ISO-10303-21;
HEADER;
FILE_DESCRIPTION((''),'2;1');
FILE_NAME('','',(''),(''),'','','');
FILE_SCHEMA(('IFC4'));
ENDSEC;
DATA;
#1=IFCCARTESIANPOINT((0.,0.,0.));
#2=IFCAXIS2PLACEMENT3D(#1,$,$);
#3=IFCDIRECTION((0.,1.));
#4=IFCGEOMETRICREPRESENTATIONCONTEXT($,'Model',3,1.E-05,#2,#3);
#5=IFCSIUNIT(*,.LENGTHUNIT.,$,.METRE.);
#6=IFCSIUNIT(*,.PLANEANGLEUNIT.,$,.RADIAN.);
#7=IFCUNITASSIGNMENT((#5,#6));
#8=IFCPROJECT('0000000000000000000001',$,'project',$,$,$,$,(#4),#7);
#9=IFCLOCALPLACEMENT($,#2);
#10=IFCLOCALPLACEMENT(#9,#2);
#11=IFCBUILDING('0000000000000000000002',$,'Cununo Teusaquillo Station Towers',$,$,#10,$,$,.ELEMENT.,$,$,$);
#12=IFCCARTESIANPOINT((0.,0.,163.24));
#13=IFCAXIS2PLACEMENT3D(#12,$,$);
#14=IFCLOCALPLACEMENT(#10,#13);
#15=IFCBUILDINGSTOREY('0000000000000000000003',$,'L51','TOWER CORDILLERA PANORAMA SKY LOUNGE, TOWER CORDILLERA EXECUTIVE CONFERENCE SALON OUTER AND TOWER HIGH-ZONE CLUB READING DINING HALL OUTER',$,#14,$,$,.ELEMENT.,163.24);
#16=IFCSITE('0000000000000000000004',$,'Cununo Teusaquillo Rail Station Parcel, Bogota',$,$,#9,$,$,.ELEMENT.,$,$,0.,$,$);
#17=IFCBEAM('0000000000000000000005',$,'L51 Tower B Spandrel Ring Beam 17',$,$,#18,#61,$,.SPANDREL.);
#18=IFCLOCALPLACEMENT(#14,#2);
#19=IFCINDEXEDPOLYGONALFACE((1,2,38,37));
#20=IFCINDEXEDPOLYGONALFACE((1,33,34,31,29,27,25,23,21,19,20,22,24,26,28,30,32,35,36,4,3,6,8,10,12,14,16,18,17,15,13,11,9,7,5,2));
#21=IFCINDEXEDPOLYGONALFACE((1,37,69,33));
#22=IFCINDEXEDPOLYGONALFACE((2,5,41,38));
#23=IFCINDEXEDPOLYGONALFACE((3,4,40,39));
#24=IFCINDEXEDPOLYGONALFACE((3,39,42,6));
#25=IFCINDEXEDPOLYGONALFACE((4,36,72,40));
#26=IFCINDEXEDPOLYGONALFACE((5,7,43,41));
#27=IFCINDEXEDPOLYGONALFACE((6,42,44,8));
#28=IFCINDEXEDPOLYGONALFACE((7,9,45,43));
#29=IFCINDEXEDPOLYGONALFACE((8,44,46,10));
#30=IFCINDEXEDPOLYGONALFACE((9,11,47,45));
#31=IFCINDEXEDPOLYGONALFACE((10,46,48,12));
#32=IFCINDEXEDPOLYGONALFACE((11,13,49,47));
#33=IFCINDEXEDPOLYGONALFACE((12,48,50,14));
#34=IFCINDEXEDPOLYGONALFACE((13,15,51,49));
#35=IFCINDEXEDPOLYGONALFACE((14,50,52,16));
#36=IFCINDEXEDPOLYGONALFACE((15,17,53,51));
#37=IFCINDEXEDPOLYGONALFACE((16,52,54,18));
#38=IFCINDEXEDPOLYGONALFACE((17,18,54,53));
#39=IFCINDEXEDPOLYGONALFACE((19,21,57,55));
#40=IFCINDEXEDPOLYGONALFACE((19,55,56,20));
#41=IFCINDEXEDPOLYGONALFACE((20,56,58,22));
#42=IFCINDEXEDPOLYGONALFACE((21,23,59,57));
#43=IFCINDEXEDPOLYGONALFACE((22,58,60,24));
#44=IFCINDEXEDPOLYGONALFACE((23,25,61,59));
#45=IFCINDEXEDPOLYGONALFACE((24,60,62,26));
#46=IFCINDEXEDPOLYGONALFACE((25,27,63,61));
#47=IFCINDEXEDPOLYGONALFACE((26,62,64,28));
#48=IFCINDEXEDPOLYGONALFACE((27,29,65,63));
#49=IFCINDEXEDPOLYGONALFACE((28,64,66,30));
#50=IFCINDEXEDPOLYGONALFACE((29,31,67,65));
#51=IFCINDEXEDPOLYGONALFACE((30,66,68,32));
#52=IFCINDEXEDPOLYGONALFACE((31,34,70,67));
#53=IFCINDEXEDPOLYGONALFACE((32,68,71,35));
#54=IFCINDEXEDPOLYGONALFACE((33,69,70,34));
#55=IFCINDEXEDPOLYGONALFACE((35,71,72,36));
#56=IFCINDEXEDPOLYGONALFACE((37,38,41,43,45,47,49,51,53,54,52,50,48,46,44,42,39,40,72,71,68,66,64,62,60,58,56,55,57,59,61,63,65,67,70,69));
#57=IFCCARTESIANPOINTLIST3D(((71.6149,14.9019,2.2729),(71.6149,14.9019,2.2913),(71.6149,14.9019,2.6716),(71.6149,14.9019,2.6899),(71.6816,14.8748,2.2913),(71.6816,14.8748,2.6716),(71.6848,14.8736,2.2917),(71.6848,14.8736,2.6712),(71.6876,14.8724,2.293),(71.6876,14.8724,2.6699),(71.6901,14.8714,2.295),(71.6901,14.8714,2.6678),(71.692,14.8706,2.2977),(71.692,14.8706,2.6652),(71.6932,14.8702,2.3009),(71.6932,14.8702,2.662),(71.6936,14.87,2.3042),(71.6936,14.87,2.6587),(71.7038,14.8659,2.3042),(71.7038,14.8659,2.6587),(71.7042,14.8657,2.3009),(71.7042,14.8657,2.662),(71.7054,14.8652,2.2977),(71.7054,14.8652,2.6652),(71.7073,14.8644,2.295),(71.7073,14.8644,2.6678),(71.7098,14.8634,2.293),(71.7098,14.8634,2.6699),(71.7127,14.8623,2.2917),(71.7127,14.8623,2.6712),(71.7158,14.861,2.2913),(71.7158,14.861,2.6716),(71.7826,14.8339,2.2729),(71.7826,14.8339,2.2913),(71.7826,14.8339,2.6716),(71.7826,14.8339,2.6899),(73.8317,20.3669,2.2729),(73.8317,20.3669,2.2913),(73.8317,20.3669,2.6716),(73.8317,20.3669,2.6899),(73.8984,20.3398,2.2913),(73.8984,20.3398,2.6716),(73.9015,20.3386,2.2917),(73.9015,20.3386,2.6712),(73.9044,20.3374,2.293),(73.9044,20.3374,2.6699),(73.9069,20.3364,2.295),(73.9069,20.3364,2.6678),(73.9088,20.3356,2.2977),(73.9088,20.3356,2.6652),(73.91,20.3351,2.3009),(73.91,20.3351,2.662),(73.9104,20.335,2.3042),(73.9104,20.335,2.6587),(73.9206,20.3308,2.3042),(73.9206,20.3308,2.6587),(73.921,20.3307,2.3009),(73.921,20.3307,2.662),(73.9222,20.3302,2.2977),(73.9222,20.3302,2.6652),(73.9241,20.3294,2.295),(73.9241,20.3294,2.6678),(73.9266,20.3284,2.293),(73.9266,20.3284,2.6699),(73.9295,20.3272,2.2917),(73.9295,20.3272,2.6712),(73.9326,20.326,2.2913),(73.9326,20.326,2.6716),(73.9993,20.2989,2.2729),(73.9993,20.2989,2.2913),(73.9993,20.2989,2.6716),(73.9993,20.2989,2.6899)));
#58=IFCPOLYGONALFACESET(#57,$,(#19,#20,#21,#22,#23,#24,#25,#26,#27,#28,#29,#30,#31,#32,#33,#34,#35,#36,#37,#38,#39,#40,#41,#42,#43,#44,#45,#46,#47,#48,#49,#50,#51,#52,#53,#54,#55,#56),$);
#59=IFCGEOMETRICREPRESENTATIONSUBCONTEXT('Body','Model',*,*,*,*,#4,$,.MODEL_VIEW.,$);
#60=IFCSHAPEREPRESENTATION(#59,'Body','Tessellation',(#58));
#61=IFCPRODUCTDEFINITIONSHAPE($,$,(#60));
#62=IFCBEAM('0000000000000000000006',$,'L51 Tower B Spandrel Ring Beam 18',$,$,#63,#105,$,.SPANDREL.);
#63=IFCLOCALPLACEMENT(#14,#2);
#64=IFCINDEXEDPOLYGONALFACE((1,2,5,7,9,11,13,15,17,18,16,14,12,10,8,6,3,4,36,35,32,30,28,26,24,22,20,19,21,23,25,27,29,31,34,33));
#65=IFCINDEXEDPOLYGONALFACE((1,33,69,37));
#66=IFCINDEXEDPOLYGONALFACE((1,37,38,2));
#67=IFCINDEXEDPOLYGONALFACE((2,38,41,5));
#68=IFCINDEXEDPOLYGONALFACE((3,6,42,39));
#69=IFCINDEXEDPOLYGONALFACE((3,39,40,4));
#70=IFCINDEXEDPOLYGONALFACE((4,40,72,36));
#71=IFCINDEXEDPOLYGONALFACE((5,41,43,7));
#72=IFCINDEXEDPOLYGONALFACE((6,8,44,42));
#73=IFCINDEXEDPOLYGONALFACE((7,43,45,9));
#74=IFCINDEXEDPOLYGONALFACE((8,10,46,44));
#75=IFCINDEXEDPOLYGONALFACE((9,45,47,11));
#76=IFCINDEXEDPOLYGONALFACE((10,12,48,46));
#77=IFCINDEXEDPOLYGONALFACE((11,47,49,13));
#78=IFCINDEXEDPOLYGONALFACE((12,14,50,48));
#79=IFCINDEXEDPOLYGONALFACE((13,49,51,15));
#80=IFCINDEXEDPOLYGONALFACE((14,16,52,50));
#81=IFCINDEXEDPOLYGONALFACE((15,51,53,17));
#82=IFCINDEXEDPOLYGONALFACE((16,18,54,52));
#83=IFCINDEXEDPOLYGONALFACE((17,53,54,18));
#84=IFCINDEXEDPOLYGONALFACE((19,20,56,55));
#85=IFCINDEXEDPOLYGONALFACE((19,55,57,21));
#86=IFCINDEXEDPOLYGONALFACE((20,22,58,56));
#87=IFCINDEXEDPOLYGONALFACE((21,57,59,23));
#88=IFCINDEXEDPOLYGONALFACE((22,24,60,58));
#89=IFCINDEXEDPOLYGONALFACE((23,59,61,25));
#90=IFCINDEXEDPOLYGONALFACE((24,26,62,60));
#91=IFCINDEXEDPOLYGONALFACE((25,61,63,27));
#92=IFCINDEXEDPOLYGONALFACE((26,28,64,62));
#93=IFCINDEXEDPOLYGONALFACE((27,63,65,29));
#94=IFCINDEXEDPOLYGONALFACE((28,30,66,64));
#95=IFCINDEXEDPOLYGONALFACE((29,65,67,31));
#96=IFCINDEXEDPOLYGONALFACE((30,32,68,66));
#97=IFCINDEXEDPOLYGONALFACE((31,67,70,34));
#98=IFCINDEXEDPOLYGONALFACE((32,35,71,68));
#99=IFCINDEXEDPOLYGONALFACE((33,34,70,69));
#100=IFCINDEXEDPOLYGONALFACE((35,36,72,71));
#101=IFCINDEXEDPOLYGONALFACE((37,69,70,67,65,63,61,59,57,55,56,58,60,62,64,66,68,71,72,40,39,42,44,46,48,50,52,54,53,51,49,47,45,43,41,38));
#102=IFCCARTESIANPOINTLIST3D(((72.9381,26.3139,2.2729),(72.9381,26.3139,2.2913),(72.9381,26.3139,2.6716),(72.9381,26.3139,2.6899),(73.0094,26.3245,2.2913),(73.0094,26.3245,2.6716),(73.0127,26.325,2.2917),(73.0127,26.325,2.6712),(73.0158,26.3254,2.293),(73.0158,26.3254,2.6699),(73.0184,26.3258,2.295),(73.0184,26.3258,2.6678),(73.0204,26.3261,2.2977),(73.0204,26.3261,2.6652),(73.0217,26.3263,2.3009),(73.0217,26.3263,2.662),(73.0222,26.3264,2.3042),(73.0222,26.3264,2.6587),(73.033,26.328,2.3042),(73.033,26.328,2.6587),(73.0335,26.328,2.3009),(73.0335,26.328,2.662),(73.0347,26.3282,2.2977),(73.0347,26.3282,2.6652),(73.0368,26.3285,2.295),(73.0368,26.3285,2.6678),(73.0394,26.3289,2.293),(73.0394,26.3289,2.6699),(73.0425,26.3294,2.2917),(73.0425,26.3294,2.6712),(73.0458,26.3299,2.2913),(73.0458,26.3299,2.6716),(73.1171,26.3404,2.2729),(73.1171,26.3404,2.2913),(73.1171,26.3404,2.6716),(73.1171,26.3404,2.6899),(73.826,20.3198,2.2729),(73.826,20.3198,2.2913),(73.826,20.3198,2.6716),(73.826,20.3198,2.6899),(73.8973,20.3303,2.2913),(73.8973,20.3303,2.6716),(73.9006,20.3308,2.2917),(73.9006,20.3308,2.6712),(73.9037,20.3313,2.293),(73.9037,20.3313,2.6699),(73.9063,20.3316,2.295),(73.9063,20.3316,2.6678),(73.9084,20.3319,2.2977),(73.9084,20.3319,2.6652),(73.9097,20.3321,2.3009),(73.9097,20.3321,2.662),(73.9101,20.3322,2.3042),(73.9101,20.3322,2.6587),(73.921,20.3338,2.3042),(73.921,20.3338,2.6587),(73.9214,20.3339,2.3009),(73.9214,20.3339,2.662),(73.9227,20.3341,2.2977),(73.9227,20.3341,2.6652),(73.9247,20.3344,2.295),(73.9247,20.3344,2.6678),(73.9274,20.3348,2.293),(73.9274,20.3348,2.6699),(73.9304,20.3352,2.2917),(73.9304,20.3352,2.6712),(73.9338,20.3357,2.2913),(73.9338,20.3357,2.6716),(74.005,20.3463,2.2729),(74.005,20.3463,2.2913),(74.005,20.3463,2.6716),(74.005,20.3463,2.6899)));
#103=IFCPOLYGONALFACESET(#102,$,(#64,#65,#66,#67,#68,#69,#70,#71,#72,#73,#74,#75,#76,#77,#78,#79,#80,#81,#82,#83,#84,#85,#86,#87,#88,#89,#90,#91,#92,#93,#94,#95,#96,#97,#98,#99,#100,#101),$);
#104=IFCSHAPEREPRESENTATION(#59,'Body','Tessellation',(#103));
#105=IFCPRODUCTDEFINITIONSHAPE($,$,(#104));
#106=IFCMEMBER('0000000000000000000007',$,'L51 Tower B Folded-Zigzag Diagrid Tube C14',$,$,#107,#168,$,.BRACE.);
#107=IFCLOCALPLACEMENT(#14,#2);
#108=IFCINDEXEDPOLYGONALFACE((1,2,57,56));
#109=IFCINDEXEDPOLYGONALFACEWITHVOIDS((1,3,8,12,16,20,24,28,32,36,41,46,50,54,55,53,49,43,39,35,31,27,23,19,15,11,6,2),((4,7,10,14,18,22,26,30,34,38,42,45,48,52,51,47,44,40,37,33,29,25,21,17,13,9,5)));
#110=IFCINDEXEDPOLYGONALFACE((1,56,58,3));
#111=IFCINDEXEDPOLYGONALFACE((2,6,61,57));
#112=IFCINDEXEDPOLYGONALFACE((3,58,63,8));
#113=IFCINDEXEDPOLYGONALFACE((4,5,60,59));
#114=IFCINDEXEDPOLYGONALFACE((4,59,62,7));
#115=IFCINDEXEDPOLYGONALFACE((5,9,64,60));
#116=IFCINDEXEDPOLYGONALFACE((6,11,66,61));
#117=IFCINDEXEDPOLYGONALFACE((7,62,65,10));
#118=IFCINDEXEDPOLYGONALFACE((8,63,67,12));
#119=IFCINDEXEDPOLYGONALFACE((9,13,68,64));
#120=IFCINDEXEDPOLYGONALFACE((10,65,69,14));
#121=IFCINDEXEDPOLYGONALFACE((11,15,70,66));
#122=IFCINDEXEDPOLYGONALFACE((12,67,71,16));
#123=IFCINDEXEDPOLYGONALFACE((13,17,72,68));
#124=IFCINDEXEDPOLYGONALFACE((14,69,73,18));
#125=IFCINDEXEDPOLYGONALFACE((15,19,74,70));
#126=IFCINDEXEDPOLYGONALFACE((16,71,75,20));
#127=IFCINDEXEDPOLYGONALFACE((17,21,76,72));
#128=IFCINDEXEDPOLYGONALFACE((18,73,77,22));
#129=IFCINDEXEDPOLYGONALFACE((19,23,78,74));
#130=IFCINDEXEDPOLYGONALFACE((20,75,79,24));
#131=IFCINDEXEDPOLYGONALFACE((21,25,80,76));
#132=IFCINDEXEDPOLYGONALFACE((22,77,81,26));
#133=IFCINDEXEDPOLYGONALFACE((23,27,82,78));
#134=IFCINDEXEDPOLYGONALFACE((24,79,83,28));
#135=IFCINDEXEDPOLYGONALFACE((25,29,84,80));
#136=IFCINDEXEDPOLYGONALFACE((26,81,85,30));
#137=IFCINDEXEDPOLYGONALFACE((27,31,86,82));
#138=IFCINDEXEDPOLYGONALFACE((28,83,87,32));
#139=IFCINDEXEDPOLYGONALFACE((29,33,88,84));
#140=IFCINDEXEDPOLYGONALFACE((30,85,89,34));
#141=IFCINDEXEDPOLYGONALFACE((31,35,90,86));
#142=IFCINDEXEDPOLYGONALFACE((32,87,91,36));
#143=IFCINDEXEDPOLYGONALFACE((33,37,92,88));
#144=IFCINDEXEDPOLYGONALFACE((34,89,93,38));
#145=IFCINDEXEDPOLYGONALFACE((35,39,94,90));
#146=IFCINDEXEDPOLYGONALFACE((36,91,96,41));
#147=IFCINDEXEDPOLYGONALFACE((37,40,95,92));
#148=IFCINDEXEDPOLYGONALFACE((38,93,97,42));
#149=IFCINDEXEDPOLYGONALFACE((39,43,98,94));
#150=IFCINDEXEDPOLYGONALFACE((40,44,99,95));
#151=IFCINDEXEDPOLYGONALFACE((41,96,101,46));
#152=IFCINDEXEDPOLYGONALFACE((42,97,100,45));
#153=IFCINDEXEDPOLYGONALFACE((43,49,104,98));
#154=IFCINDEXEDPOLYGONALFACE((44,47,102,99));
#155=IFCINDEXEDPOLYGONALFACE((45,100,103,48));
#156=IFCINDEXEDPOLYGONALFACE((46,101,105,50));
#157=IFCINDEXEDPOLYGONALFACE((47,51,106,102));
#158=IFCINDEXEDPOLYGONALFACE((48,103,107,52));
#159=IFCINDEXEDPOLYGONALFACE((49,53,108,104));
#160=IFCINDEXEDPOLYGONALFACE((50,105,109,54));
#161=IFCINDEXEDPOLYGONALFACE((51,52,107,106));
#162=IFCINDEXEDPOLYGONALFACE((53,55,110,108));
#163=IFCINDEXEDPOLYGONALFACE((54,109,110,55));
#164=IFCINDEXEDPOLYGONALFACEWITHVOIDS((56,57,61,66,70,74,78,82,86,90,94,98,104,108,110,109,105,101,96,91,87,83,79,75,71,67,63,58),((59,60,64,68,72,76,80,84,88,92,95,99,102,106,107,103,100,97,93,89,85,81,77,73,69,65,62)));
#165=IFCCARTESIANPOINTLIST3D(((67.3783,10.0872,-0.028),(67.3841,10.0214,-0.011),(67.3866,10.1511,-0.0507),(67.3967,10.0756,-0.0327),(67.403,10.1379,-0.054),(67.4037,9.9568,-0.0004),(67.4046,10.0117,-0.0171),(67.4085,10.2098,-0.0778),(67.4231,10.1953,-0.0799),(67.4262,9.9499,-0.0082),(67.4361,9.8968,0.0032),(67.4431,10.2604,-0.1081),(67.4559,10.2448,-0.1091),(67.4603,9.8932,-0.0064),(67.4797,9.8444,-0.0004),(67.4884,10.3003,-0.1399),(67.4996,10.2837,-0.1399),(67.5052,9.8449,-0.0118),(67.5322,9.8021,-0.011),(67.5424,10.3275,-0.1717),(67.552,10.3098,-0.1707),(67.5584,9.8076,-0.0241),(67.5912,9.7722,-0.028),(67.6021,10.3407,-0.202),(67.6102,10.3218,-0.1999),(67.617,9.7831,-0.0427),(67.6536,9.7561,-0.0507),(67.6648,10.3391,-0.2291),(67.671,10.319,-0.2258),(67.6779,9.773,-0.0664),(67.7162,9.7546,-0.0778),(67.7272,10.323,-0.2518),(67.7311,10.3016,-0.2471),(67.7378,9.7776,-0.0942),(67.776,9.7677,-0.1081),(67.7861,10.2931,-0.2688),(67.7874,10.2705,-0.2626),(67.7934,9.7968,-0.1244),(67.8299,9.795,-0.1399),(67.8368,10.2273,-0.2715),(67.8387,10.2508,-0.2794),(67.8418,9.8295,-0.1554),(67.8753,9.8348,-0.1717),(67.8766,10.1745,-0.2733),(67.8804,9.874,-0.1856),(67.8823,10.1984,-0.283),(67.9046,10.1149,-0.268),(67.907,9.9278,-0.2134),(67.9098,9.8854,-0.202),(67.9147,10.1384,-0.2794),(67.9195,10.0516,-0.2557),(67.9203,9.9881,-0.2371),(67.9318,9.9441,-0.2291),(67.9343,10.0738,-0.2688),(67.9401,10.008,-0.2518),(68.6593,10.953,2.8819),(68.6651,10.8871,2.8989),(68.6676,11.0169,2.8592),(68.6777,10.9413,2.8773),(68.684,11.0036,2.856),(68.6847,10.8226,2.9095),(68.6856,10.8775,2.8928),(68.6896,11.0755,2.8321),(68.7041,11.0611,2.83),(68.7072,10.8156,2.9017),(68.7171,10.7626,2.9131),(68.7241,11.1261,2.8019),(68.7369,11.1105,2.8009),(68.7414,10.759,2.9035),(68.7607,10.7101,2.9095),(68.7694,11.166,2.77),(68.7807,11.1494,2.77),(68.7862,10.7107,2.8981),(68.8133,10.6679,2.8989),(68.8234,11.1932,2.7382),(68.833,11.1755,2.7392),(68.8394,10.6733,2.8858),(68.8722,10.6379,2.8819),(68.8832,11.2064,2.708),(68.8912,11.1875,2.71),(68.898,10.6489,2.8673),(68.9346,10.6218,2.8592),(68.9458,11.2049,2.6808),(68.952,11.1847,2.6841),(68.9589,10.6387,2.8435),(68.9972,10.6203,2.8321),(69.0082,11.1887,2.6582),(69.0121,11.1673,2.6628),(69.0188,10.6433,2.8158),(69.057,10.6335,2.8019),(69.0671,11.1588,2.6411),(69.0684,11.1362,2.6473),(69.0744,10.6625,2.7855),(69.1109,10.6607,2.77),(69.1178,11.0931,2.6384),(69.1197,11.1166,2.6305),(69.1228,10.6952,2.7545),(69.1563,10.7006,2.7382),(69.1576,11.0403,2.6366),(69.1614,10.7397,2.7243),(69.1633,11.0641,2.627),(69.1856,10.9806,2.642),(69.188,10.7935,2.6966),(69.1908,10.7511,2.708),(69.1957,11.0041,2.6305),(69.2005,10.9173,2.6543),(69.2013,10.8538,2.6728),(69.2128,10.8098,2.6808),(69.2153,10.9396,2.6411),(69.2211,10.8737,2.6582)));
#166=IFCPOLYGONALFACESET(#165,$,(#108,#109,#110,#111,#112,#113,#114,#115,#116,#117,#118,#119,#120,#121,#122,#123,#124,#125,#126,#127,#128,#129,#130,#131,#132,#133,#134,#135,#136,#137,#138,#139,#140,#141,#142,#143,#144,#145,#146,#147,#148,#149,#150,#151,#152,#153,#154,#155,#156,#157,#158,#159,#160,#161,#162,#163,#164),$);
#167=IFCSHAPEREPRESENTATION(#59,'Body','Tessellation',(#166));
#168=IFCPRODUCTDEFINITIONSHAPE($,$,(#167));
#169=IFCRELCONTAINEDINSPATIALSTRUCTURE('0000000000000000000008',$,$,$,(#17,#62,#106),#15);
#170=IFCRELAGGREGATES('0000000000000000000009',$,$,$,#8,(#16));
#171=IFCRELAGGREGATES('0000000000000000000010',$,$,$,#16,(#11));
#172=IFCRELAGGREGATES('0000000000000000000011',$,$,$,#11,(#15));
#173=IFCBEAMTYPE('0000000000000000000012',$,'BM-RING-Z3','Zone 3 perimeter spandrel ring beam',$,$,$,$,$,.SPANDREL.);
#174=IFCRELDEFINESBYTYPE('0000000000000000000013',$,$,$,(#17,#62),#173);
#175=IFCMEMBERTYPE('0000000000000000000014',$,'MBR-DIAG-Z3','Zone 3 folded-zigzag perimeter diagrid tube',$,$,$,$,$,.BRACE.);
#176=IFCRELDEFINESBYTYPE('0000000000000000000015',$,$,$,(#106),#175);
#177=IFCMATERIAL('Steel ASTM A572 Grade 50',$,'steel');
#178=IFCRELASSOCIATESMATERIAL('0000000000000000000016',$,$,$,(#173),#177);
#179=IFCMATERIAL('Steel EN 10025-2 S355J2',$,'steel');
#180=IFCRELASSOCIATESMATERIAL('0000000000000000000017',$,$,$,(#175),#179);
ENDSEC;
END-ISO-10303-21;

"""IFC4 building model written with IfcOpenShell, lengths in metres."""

from ifc_helpers import new_model, si_unit, direction, frame, origin, origin_2d, place, context, subcontext, project, spatial, hollow_circle, i_section, extrude, material, material_profile, profile_set, type_object, element, save


model = new_model("IFC4")

# Units and contexts
model_context = context("Model", 3, precision=1e-05, world=origin(), true_north=direction((0.0, 1.0)))
body_context = subcontext(model_context, "Body", "Model", "MODEL_VIEW")
ifc_project = project(units=[si_unit("LENGTHUNIT", "METRE"), si_unit("PLANEANGLEUNIT", "RADIAN")], contexts=[model_context])

# Site, building, storey
site_placement = place(None, origin())
site = spatial("IfcSite", under=ifc_project, at=site_placement, Name="Cununo Teusaquillo Rail Station Parcel, Bogota", CompositionType="ELEMENT", RefElevation=0.0)
building_placement = place(site_placement, origin())
building = spatial("IfcBuilding", under=site, at=building_placement, Name="Cununo Teusaquillo Station Towers", CompositionType="ELEMENT")
storey_placement = place(building_placement, frame((0.0, 0.0, 163.24)))
storey = spatial("IfcBuildingStorey", under=building, at=storey_placement, Name="L51", Description="TOWER CORDILLERA PANORAMA SKY LOUNGE, TOWER CORDILLERA EXECUTIVE CONFERENCE SALON OUTER AND TOWER HIGH-ZONE CLUB READING DINING HALL OUTER", CompositionType="ELEMENT", Elevation=163.24)

# Beams
ifc_material_1 = material(Name="Steel ASTM A572 Grade 50", Category="steel")
ifc_material_profile_1 = material_profile(ifc_material_1, i_section(OverallWidth=0.1809, OverallDepth=0.417, WebThickness=0.011, FlangeThickness=0.0183, FilletRadius=0.0129, at=origin_2d()), Name="W16X57")
ifc_profile_set_1 = profile_set([ifc_material_profile_1], Name="Steel ASTM A572 Grade 50")
beam_type_1 = type_object("IfcBeamType", Name="BM-RING-Z3", Description="Zone 3 perimeter spandrel ring beam", PredefinedType="SPANDREL", material=ifc_profile_set_1)
beam_1_placement = place(storey_placement, frame((71.6987, 14.8679, 2.4814), z_axis=(0.375883, 0.926667, 0.0), x_axis=(-0.926667, 0.375883, 0.0)))
element("IfcBeam", 1, at=beam_1_placement, inside=storey, type_object=beam_type_1, Name="L51 Tower B Spandrel Ring Beam 17", PredefinedType="SPANDREL", context=body_context, shape_type="SweptSolid", body=[
    extrude(i_section(OverallWidth=0.1809, OverallDepth=0.417, WebThickness=0.011, FlangeThickness=0.0183, FilletRadius=0.0129, at=origin_2d()), origin(), (0.0, 0.0, 1.0), 5.8975),
])
beam_2_placement = place(storey_placement, frame((73.9155, 20.333, 2.4814), z_axis=(-0.146536, 0.989205, 0.0), x_axis=(-0.989205, -0.146536, 0.0)))
element("IfcBeam", 2, at=beam_2_placement, inside=storey, type_object=beam_type_1, Name="L51 Tower B Spandrel Ring Beam 18", PredefinedType="SPANDREL", context=body_context, shape_type="SweptSolid", body=[
    extrude(i_section(OverallWidth=0.1809, OverallDepth=0.417, WebThickness=0.011, FlangeThickness=0.0183, FilletRadius=0.0129, at=origin_2d()), origin(), (0.0, 0.0, 1.0), 6.0596),
])

# Member
ifc_material_2 = material(Name="Steel EN 10025-2 S355J2", Category="steel")
ifc_material_profile_2 = material_profile(ifc_material_2, hollow_circle(Radius=0.3049, WallThickness=0.02, at=origin_2d()), Name="CHS 610x20")
ifc_profile_set_2 = profile_set([ifc_material_profile_2], Name="Steel EN 10025-2 S355J2")
member_type = type_object("IfcMemberType", Name="MBR-DIAG-Z3", Description="Zone 3 folded-zigzag perimeter diagrid tube", PredefinedType="BRACE", material=ifc_profile_set_2)
member_1_placement = place(storey_placement, frame((67.6592, 10.0476, -0.1399), z_axis=(0.388754, 0.262726, 0.883088), x_axis=(-0.559937, 0.828536, 0.0)))
element("IfcMember", 3, at=member_1_placement, inside=storey, type_object=member_type, Name="L51 Tower B Folded-Zigzag Diagrid Tube C14", PredefinedType="BRACE", context=body_context, shape_type="SweptSolid", body=[
    extrude(hollow_circle(Radius=0.3049, WallThickness=0.02, at=origin_2d()), origin(), (0.0, 0.0, 1.0), 3.2952),
])

save(model, "model.ifc")
